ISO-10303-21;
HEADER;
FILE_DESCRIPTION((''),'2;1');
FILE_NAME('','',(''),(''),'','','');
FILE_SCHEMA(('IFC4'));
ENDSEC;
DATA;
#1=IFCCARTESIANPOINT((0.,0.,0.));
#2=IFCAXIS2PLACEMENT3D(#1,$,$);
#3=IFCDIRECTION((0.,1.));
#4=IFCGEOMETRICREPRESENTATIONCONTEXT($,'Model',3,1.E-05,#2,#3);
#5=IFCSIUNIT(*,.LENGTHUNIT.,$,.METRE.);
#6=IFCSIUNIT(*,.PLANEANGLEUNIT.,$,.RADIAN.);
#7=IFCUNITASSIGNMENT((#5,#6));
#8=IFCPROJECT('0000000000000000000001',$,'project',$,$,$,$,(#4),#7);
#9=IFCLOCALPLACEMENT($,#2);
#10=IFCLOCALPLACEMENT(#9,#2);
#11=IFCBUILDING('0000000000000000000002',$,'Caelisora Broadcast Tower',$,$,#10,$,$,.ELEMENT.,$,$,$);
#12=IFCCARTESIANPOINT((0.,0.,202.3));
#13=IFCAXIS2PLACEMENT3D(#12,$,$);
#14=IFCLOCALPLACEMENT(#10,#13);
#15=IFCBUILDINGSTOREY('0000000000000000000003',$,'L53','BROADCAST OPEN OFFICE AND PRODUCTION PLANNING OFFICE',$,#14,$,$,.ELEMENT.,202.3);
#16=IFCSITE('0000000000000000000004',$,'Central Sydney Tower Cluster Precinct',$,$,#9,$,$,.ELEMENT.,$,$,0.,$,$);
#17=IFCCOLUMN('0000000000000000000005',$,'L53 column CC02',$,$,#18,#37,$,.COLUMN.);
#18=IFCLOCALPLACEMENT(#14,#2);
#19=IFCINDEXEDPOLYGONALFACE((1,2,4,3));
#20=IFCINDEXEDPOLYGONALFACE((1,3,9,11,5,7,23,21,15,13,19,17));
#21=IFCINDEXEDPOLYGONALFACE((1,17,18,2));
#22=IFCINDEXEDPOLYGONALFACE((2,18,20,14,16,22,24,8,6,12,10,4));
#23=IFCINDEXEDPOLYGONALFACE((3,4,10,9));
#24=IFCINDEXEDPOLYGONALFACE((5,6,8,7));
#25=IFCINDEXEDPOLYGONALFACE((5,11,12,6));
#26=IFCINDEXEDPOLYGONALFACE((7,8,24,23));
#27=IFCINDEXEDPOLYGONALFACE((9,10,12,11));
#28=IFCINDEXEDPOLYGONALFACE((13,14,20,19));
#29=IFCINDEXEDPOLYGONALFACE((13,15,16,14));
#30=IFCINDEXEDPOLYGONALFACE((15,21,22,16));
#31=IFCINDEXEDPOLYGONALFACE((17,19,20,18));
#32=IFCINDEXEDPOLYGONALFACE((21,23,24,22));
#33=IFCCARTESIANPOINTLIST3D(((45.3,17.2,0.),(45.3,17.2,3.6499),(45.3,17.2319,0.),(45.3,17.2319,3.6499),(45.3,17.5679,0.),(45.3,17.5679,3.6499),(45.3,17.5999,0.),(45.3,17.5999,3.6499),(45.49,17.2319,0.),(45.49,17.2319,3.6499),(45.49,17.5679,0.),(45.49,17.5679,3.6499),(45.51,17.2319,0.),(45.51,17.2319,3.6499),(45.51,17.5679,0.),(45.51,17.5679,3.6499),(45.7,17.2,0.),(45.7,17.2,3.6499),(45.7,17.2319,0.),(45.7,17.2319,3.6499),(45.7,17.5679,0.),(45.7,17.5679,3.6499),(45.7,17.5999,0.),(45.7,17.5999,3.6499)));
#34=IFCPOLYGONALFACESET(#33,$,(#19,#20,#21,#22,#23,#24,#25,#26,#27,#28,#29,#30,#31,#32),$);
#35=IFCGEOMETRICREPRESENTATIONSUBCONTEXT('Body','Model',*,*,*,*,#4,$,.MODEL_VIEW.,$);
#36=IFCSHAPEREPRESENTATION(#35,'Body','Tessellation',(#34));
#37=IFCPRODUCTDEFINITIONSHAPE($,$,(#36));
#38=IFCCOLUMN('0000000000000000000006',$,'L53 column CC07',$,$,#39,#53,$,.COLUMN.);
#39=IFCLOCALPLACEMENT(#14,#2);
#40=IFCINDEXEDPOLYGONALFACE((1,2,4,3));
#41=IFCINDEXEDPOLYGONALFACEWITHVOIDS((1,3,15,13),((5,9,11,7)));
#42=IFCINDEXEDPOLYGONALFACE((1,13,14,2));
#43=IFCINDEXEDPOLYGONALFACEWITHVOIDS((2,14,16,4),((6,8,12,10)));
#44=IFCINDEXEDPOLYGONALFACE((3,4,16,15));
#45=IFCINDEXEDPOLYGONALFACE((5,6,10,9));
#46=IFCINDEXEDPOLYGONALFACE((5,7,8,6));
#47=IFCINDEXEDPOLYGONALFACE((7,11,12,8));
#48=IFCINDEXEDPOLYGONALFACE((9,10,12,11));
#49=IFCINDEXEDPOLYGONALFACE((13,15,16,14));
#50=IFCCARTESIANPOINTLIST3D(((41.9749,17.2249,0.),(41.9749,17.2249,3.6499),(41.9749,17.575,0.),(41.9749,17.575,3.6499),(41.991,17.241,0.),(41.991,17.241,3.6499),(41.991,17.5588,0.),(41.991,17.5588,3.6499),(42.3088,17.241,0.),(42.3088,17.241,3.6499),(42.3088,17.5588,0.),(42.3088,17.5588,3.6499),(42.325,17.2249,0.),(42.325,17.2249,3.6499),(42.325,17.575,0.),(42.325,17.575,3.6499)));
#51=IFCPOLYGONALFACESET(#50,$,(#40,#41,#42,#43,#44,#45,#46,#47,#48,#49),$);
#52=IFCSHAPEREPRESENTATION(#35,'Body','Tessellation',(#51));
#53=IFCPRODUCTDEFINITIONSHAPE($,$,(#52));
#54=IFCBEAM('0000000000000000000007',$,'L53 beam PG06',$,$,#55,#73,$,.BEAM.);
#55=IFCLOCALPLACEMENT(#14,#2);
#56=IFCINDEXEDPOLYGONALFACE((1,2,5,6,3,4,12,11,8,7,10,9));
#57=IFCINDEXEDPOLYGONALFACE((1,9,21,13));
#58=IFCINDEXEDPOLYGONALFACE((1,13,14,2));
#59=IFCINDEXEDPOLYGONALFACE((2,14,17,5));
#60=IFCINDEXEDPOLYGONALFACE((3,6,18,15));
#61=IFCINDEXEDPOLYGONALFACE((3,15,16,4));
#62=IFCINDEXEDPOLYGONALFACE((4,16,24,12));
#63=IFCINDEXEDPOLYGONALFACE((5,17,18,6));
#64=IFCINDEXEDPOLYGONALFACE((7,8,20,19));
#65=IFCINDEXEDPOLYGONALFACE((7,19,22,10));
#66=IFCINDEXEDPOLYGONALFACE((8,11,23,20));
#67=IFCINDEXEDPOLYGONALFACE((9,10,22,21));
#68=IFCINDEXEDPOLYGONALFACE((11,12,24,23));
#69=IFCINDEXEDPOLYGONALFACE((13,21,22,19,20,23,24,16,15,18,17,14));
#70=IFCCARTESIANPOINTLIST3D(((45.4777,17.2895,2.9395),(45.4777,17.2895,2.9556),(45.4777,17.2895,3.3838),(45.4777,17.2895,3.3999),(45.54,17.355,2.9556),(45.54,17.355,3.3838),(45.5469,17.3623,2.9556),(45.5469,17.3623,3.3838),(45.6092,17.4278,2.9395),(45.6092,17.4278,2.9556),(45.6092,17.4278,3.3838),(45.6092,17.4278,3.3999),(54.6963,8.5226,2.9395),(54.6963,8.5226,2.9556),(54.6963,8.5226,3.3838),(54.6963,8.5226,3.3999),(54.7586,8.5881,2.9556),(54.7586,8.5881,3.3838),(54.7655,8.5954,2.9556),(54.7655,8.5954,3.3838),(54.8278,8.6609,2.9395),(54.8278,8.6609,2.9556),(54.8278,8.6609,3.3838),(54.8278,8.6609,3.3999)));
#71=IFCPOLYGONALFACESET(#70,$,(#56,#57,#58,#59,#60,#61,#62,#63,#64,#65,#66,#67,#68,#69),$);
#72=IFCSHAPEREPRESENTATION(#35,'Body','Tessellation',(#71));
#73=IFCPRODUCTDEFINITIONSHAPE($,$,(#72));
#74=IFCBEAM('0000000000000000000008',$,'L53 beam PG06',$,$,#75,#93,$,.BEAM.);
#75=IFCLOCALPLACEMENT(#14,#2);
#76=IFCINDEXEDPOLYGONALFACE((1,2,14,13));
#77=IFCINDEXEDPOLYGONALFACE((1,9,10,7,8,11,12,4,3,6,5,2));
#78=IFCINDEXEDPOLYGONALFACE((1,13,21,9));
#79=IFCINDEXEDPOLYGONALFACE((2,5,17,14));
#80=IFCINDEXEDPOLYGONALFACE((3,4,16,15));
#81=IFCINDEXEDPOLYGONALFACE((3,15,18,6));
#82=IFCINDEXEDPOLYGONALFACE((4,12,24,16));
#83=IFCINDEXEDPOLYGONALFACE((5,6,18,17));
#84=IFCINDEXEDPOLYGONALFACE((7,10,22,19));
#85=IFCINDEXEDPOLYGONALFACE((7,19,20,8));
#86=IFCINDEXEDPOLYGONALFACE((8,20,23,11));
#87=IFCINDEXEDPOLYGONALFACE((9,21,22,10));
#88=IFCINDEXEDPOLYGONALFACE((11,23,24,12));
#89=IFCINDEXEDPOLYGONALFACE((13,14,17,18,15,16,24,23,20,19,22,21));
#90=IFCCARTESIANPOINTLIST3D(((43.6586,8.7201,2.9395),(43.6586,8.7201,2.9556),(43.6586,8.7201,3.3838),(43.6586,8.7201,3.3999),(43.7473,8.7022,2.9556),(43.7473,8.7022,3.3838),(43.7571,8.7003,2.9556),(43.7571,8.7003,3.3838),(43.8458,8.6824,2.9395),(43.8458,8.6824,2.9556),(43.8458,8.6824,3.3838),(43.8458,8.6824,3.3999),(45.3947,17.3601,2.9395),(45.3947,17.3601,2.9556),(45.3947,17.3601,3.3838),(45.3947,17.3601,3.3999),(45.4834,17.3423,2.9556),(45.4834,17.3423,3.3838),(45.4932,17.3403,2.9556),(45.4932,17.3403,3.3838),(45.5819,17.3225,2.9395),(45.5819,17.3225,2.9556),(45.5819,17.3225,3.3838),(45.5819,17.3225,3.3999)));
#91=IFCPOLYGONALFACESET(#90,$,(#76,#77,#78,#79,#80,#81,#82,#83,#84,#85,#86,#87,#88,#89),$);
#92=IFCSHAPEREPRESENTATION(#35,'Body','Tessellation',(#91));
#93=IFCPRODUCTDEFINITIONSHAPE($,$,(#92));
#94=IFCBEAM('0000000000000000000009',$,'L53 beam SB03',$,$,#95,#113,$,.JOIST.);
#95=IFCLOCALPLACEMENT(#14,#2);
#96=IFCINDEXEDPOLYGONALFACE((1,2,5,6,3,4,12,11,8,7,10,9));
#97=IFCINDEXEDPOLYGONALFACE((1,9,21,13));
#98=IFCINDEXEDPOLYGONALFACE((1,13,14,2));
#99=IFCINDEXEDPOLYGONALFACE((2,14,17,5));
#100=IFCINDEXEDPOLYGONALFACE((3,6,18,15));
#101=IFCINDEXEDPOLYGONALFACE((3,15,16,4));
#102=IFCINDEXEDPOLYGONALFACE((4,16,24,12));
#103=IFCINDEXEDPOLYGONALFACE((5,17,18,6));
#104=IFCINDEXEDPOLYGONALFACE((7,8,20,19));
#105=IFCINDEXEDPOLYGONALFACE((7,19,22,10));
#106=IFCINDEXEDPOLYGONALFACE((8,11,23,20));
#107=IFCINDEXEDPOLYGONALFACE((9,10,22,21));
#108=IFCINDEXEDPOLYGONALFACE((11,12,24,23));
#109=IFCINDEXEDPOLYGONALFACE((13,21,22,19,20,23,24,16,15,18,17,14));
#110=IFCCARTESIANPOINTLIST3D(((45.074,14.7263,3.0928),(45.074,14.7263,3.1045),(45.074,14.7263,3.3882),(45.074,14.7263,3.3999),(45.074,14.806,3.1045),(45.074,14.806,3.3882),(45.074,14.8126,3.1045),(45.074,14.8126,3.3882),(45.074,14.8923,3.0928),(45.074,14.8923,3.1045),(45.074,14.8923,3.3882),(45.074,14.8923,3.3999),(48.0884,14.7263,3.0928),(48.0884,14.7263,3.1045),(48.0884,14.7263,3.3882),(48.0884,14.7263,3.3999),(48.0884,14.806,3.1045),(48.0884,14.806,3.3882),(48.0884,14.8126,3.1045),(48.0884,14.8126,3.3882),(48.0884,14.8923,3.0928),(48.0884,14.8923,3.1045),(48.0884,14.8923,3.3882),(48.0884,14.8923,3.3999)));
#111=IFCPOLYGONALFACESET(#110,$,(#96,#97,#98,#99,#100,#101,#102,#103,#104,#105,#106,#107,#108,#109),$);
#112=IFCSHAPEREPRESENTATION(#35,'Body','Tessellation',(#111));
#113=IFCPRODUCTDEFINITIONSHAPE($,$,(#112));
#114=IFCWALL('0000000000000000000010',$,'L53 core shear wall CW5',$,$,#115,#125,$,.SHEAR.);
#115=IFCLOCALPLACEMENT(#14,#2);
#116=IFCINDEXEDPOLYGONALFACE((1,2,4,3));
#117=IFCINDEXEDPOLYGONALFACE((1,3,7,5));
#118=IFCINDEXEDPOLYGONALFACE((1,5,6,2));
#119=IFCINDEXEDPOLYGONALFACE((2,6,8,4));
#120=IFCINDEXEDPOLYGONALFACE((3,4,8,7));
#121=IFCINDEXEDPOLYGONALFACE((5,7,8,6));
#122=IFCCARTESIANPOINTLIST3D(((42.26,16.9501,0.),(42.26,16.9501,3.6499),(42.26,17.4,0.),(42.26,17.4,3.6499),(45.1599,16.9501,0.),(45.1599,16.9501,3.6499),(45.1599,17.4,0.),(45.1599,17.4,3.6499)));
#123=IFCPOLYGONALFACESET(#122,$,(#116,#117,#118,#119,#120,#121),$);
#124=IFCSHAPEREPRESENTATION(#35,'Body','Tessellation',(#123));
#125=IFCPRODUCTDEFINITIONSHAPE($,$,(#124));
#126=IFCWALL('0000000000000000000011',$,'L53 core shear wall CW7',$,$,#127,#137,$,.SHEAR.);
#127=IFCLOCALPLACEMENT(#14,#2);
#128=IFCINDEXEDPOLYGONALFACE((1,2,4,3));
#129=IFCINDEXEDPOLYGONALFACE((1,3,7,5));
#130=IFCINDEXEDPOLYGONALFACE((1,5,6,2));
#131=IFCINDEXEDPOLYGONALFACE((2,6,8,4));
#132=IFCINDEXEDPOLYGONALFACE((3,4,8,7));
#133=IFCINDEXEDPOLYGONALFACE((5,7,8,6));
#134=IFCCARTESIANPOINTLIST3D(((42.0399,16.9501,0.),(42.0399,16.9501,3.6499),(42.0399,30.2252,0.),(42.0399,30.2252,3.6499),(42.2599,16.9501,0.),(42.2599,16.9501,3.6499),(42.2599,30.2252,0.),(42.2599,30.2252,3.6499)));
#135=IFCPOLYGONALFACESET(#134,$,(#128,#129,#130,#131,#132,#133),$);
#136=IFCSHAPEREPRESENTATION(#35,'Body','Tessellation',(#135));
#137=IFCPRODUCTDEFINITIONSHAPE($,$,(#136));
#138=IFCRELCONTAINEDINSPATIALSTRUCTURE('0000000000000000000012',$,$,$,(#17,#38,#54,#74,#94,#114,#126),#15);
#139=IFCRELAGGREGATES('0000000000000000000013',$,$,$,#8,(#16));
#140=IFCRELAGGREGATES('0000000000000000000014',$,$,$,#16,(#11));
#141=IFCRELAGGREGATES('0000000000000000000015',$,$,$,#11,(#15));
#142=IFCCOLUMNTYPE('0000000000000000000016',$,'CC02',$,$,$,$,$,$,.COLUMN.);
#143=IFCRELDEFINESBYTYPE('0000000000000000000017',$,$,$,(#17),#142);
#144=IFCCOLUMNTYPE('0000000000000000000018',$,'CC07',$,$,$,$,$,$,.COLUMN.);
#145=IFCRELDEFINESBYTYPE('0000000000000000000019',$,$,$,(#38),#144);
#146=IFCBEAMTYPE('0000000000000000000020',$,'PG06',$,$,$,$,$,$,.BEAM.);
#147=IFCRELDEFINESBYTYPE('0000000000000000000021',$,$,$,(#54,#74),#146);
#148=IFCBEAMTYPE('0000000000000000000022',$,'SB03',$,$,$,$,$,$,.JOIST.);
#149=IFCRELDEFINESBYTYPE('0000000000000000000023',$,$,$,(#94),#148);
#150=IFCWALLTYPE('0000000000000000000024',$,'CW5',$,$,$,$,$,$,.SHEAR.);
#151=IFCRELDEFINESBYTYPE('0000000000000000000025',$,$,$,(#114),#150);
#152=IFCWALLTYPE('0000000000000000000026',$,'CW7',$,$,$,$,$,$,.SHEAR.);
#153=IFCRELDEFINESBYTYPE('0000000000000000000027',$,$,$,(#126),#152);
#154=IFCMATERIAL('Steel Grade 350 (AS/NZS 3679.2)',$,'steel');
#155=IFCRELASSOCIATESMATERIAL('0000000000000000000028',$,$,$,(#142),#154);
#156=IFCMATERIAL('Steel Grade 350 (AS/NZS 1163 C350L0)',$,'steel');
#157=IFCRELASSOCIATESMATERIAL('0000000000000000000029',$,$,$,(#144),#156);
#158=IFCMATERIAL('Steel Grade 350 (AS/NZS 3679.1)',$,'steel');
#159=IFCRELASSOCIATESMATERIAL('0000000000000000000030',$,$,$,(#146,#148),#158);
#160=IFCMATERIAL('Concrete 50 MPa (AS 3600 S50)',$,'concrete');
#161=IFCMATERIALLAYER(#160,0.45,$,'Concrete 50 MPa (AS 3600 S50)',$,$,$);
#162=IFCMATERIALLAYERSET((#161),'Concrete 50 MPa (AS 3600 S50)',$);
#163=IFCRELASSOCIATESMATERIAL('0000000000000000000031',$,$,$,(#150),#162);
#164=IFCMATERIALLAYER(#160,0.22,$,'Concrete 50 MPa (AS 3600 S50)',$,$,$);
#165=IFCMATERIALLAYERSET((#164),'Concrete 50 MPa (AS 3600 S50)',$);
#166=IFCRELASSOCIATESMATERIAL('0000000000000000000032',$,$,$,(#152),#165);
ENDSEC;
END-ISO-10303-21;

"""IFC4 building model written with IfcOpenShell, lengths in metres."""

from ifc_helpers import new_model, si_unit, direction, frame, frame_2d, origin, origin_2d, place, context, subcontext, project, spatial, rectangle, hollow_rectangle, i_section, extrude, source, transform, mapped, material, layer, layer_set, material_profile, profile_set, type_object, type_shapes, element, save


model = new_model("IFC4")

# Units and contexts
model_context = context("Model", 3, precision=1e-05, world=origin(), true_north=direction((0.0, 1.0)))
body_context = subcontext(model_context, "Body", "Model", "MODEL_VIEW")
ifc_project = project(units=[si_unit("LENGTHUNIT", "METRE"), si_unit("PLANEANGLEUNIT", "RADIAN")], contexts=[model_context])

# Site, building, storey
site_placement = place(None, origin())
site = spatial("IfcSite", under=ifc_project, at=site_placement, Name="Central Sydney Tower Cluster Precinct", CompositionType="ELEMENT", RefElevation=0.0)
building_placement = place(site_placement, origin())
building = spatial("IfcBuilding", under=site, at=building_placement, Name="Caelisora Broadcast Tower", CompositionType="ELEMENT")
storey_placement = place(building_placement, frame((0.0, 0.0, 202.3)))
storey = spatial("IfcBuildingStorey", under=building, at=storey_placement, Name="L53", Description="BROADCAST OPEN OFFICE AND PRODUCTION PLANNING OFFICE", CompositionType="ELEMENT", Elevation=202.3)

# Columns
ifc_material_1 = material(Name="Steel Grade 350 (AS/NZS 3679.2)", Category="steel")
ifc_material_profile_1 = material_profile(ifc_material_1, i_section(OverallWidth=0.3999, OverallDepth=0.3999, WebThickness=0.02, FlangeThickness=0.032, at=origin_2d()), Name="Steel Grade 350 (AS/NZS 3679.2)")
ifc_profile_set_1 = profile_set([ifc_material_profile_1], Name="Steel Grade 350 (AS/NZS 3679.2)")
column_type_1 = type_object("IfcColumnType", Name="CC02", PredefinedType="COLUMN", material=ifc_profile_set_1)
shared_shape_1 = source(origin(), body_context, "Body", "SweptSolid", [
    extrude(i_section(OverallWidth=0.3999, OverallDepth=0.3999, WebThickness=0.02, FlangeThickness=0.032, at=origin_2d()), origin(), (0.0, 0.0, 1.0), 3.6499),
])
type_shapes(column_type_1, [shared_shape_1])
column_1_placement = place(storey_placement, frame((45.5, 17.3999, 0.0), z_axis=(0.0, 0.0, 1.0), x_axis=(1.0, 0.0, 0.0)))
element("IfcColumn", 1, at=column_1_placement, inside=storey, type_object=column_type_1, Name="L53 column CC02", PredefinedType="COLUMN", context=body_context, shape_type="MappedRepresentation", body=[
    mapped(shared_shape_1, transform((0.0, 0.0, 0.0), scale=1.0)),
])
ifc_material_2 = material(Name="Steel Grade 350 (AS/NZS 1163 C350L0)", Category="steel")
ifc_material_profile_2 = material_profile(ifc_material_2, hollow_rectangle(XDim=0.3501, YDim=0.3501, WallThickness=0.0161, at=origin_2d()), Name="Steel Grade 350 (AS/NZS 1163 C350L0)")
ifc_profile_set_2 = profile_set([ifc_material_profile_2], Name="Steel Grade 350 (AS/NZS 1163 C350L0)")
column_type_2 = type_object("IfcColumnType", Name="CC07", PredefinedType="COLUMN", material=ifc_profile_set_2)
shared_shape_2 = source(origin(), body_context, "Body", "SweptSolid", [
    extrude(hollow_rectangle(XDim=0.3501, YDim=0.3501, WallThickness=0.0161, at=origin_2d()), origin(), (0.0, 0.0, 1.0), 3.6499),
])
type_shapes(column_type_2, [shared_shape_2])
column_2_placement = place(storey_placement, frame((42.1499, 17.3999, 0.0), z_axis=(0.0, 0.0, 1.0), x_axis=(1.0, 0.0, 0.0)))
element("IfcColumn", 2, at=column_2_placement, inside=storey, type_object=column_type_2, Name="L53 column CC07", PredefinedType="COLUMN", context=body_context, shape_type="MappedRepresentation", body=[
    mapped(shared_shape_2, transform((0.0, 0.0, 0.0), scale=1.0)),
])

# Beams
ifc_material_3 = material(Name="Steel Grade 350 (AS/NZS 3679.1)", Category="steel")
ifc_material_profile_3 = material_profile(ifc_material_3, i_section(OverallWidth=0.1909, OverallDepth=0.4604, WebThickness=0.01, FlangeThickness=0.0161, at=origin_2d()), Name="Steel Grade 350 (AS/NZS 3679.1)")
ifc_profile_set_3 = profile_set([ifc_material_profile_3], Name="Steel Grade 350 (AS/NZS 3679.1)")
beam_type_1 = type_object("IfcBeamType", Name="PG06", PredefinedType="BEAM", material=ifc_profile_set_3)
shared_shape_3 = source(origin(), body_context, "Body", "SweptSolid", [
    extrude(i_section(OverallWidth=0.1909, OverallDepth=0.4604, WebThickness=0.01, FlangeThickness=0.0161, at=origin_2d()), origin(), (0.0, 0.0, 1.0), 12.7217),
])
beam_1_placement = place(storey_placement, frame((45.5435, 17.3586, 3.1697), z_axis=(0.724636, -0.689132, 0.0), x_axis=(0.689132, 0.724636, 0.0)))
element("IfcBeam", 3, at=beam_1_placement, inside=storey, type_object=beam_type_1, Name="L53 beam PG06", PredefinedType="BEAM", context=body_context, shape_type="MappedRepresentation", body=[
    mapped(shared_shape_3, transform((0.0, 0.0, 0.0), scale=1.0)),
])
shared_shape_4 = source(origin(), body_context, "Body", "SweptSolid", [
    extrude(i_section(OverallWidth=0.1909, OverallDepth=0.4604, WebThickness=0.01, FlangeThickness=0.0161, at=origin_2d()), origin(), (0.0, 0.0, 1.0), 8.8127),
])
type_shapes(beam_type_1, [shared_shape_3, shared_shape_4])
beam_2_placement = place(storey_placement, frame((45.4883, 17.3413, 3.1697), z_axis=(-0.196995, -0.980404, 0.0), x_axis=(0.980404, -0.196995, 0.0)))
element("IfcBeam", 4, at=beam_2_placement, inside=storey, type_object=beam_type_1, Name="L53 beam PG06", PredefinedType="BEAM", context=body_context, shape_type="MappedRepresentation", body=[
    mapped(shared_shape_4, transform((0.0, 0.0, 0.0), scale=1.0)),
])
ifc_material_profile_4 = material_profile(ifc_material_3, i_section(OverallWidth=0.166, OverallDepth=0.3071, WebThickness=0.0066, FlangeThickness=0.0117, at=origin_2d()), Name="Steel Grade 350 (AS/NZS 3679.1)")
ifc_profile_set_4 = profile_set([ifc_material_profile_4], Name="Steel Grade 350 (AS/NZS 3679.1)")
beam_type_2 = type_object("IfcBeamType", Name="SB03", PredefinedType="JOIST", material=ifc_profile_set_4)
shared_shape_5 = source(origin(), body_context, "Body", "SweptSolid", [
    extrude(i_section(OverallWidth=0.166, OverallDepth=0.3071, WebThickness=0.0066, FlangeThickness=0.0117, at=origin_2d()), origin(), (0.0, 0.0, 1.0), 3.0144),
])
type_shapes(beam_type_2, [shared_shape_5])
beam_3_placement = place(storey_placement, frame((45.074, 14.8093, 3.2463), z_axis=(1.0, 0.0, 0.0), x_axis=(0.0, 1.0, 0.0)))
element("IfcBeam", 5, at=beam_3_placement, inside=storey, type_object=beam_type_2, Name="L53 beam SB03", PredefinedType="JOIST", context=body_context, shape_type="MappedRepresentation", body=[
    mapped(shared_shape_5, transform((0.0, 0.0, 0.0), scale=1.0)),
])

# Shared definitions
ifc_material_4 = material(Name="Concrete 50 MPa (AS 3600 S50)", Category="concrete")

# Walls
ifc_layer_1 = layer(ifc_material_4, 0.45, Name="Concrete 50 MPa (AS 3600 S50)")
ifc_layer_set_1 = layer_set([ifc_layer_1], Name="Concrete 50 MPa (AS 3600 S50)")
wall_type_1 = type_object("IfcWallType", Name="CW5", PredefinedType="SHEAR", material=ifc_layer_set_1)
wall_1_placement = place(storey_placement, frame((42.26, 17.175, 0.0), z_axis=(0.0, 0.0, 1.0), x_axis=(1.0, 0.0, 0.0)))
element("IfcWall", 6, at=wall_1_placement, inside=storey, type_object=wall_type_1, Name="L53 core shear wall CW5", PredefinedType="SHEAR", context=body_context, shape_type="SweptSolid", body=[
    extrude(rectangle(XDim=2.8999, YDim=0.45, at=frame_2d((1.45, 0.0))), origin(), (0.0, 0.0, 1.0), 3.6499),
])
ifc_layer_2 = layer(ifc_material_4, 0.22, Name="Concrete 50 MPa (AS 3600 S50)")
ifc_layer_set_2 = layer_set([ifc_layer_2], Name="Concrete 50 MPa (AS 3600 S50)")
wall_type_2 = type_object("IfcWallType", Name="CW7", PredefinedType="SHEAR", material=ifc_layer_set_2)
wall_2_placement = place(storey_placement, frame((42.1499, 16.95, 0.0), z_axis=(0.0, 0.0, 1.0), x_axis=(0.0, 1.0, 0.0)))
element("IfcWall", 7, at=wall_2_placement, inside=storey, type_object=wall_type_2, Name="L53 core shear wall CW7", PredefinedType="SHEAR", context=body_context, shape_type="SweptSolid", body=[
    extrude(rectangle(XDim=13.2751, YDim=0.22, at=frame_2d((6.6377, 0.0))), origin(), (0.0, 0.0, 1.0), 3.6499),
])

save(model, "model.ifc")
